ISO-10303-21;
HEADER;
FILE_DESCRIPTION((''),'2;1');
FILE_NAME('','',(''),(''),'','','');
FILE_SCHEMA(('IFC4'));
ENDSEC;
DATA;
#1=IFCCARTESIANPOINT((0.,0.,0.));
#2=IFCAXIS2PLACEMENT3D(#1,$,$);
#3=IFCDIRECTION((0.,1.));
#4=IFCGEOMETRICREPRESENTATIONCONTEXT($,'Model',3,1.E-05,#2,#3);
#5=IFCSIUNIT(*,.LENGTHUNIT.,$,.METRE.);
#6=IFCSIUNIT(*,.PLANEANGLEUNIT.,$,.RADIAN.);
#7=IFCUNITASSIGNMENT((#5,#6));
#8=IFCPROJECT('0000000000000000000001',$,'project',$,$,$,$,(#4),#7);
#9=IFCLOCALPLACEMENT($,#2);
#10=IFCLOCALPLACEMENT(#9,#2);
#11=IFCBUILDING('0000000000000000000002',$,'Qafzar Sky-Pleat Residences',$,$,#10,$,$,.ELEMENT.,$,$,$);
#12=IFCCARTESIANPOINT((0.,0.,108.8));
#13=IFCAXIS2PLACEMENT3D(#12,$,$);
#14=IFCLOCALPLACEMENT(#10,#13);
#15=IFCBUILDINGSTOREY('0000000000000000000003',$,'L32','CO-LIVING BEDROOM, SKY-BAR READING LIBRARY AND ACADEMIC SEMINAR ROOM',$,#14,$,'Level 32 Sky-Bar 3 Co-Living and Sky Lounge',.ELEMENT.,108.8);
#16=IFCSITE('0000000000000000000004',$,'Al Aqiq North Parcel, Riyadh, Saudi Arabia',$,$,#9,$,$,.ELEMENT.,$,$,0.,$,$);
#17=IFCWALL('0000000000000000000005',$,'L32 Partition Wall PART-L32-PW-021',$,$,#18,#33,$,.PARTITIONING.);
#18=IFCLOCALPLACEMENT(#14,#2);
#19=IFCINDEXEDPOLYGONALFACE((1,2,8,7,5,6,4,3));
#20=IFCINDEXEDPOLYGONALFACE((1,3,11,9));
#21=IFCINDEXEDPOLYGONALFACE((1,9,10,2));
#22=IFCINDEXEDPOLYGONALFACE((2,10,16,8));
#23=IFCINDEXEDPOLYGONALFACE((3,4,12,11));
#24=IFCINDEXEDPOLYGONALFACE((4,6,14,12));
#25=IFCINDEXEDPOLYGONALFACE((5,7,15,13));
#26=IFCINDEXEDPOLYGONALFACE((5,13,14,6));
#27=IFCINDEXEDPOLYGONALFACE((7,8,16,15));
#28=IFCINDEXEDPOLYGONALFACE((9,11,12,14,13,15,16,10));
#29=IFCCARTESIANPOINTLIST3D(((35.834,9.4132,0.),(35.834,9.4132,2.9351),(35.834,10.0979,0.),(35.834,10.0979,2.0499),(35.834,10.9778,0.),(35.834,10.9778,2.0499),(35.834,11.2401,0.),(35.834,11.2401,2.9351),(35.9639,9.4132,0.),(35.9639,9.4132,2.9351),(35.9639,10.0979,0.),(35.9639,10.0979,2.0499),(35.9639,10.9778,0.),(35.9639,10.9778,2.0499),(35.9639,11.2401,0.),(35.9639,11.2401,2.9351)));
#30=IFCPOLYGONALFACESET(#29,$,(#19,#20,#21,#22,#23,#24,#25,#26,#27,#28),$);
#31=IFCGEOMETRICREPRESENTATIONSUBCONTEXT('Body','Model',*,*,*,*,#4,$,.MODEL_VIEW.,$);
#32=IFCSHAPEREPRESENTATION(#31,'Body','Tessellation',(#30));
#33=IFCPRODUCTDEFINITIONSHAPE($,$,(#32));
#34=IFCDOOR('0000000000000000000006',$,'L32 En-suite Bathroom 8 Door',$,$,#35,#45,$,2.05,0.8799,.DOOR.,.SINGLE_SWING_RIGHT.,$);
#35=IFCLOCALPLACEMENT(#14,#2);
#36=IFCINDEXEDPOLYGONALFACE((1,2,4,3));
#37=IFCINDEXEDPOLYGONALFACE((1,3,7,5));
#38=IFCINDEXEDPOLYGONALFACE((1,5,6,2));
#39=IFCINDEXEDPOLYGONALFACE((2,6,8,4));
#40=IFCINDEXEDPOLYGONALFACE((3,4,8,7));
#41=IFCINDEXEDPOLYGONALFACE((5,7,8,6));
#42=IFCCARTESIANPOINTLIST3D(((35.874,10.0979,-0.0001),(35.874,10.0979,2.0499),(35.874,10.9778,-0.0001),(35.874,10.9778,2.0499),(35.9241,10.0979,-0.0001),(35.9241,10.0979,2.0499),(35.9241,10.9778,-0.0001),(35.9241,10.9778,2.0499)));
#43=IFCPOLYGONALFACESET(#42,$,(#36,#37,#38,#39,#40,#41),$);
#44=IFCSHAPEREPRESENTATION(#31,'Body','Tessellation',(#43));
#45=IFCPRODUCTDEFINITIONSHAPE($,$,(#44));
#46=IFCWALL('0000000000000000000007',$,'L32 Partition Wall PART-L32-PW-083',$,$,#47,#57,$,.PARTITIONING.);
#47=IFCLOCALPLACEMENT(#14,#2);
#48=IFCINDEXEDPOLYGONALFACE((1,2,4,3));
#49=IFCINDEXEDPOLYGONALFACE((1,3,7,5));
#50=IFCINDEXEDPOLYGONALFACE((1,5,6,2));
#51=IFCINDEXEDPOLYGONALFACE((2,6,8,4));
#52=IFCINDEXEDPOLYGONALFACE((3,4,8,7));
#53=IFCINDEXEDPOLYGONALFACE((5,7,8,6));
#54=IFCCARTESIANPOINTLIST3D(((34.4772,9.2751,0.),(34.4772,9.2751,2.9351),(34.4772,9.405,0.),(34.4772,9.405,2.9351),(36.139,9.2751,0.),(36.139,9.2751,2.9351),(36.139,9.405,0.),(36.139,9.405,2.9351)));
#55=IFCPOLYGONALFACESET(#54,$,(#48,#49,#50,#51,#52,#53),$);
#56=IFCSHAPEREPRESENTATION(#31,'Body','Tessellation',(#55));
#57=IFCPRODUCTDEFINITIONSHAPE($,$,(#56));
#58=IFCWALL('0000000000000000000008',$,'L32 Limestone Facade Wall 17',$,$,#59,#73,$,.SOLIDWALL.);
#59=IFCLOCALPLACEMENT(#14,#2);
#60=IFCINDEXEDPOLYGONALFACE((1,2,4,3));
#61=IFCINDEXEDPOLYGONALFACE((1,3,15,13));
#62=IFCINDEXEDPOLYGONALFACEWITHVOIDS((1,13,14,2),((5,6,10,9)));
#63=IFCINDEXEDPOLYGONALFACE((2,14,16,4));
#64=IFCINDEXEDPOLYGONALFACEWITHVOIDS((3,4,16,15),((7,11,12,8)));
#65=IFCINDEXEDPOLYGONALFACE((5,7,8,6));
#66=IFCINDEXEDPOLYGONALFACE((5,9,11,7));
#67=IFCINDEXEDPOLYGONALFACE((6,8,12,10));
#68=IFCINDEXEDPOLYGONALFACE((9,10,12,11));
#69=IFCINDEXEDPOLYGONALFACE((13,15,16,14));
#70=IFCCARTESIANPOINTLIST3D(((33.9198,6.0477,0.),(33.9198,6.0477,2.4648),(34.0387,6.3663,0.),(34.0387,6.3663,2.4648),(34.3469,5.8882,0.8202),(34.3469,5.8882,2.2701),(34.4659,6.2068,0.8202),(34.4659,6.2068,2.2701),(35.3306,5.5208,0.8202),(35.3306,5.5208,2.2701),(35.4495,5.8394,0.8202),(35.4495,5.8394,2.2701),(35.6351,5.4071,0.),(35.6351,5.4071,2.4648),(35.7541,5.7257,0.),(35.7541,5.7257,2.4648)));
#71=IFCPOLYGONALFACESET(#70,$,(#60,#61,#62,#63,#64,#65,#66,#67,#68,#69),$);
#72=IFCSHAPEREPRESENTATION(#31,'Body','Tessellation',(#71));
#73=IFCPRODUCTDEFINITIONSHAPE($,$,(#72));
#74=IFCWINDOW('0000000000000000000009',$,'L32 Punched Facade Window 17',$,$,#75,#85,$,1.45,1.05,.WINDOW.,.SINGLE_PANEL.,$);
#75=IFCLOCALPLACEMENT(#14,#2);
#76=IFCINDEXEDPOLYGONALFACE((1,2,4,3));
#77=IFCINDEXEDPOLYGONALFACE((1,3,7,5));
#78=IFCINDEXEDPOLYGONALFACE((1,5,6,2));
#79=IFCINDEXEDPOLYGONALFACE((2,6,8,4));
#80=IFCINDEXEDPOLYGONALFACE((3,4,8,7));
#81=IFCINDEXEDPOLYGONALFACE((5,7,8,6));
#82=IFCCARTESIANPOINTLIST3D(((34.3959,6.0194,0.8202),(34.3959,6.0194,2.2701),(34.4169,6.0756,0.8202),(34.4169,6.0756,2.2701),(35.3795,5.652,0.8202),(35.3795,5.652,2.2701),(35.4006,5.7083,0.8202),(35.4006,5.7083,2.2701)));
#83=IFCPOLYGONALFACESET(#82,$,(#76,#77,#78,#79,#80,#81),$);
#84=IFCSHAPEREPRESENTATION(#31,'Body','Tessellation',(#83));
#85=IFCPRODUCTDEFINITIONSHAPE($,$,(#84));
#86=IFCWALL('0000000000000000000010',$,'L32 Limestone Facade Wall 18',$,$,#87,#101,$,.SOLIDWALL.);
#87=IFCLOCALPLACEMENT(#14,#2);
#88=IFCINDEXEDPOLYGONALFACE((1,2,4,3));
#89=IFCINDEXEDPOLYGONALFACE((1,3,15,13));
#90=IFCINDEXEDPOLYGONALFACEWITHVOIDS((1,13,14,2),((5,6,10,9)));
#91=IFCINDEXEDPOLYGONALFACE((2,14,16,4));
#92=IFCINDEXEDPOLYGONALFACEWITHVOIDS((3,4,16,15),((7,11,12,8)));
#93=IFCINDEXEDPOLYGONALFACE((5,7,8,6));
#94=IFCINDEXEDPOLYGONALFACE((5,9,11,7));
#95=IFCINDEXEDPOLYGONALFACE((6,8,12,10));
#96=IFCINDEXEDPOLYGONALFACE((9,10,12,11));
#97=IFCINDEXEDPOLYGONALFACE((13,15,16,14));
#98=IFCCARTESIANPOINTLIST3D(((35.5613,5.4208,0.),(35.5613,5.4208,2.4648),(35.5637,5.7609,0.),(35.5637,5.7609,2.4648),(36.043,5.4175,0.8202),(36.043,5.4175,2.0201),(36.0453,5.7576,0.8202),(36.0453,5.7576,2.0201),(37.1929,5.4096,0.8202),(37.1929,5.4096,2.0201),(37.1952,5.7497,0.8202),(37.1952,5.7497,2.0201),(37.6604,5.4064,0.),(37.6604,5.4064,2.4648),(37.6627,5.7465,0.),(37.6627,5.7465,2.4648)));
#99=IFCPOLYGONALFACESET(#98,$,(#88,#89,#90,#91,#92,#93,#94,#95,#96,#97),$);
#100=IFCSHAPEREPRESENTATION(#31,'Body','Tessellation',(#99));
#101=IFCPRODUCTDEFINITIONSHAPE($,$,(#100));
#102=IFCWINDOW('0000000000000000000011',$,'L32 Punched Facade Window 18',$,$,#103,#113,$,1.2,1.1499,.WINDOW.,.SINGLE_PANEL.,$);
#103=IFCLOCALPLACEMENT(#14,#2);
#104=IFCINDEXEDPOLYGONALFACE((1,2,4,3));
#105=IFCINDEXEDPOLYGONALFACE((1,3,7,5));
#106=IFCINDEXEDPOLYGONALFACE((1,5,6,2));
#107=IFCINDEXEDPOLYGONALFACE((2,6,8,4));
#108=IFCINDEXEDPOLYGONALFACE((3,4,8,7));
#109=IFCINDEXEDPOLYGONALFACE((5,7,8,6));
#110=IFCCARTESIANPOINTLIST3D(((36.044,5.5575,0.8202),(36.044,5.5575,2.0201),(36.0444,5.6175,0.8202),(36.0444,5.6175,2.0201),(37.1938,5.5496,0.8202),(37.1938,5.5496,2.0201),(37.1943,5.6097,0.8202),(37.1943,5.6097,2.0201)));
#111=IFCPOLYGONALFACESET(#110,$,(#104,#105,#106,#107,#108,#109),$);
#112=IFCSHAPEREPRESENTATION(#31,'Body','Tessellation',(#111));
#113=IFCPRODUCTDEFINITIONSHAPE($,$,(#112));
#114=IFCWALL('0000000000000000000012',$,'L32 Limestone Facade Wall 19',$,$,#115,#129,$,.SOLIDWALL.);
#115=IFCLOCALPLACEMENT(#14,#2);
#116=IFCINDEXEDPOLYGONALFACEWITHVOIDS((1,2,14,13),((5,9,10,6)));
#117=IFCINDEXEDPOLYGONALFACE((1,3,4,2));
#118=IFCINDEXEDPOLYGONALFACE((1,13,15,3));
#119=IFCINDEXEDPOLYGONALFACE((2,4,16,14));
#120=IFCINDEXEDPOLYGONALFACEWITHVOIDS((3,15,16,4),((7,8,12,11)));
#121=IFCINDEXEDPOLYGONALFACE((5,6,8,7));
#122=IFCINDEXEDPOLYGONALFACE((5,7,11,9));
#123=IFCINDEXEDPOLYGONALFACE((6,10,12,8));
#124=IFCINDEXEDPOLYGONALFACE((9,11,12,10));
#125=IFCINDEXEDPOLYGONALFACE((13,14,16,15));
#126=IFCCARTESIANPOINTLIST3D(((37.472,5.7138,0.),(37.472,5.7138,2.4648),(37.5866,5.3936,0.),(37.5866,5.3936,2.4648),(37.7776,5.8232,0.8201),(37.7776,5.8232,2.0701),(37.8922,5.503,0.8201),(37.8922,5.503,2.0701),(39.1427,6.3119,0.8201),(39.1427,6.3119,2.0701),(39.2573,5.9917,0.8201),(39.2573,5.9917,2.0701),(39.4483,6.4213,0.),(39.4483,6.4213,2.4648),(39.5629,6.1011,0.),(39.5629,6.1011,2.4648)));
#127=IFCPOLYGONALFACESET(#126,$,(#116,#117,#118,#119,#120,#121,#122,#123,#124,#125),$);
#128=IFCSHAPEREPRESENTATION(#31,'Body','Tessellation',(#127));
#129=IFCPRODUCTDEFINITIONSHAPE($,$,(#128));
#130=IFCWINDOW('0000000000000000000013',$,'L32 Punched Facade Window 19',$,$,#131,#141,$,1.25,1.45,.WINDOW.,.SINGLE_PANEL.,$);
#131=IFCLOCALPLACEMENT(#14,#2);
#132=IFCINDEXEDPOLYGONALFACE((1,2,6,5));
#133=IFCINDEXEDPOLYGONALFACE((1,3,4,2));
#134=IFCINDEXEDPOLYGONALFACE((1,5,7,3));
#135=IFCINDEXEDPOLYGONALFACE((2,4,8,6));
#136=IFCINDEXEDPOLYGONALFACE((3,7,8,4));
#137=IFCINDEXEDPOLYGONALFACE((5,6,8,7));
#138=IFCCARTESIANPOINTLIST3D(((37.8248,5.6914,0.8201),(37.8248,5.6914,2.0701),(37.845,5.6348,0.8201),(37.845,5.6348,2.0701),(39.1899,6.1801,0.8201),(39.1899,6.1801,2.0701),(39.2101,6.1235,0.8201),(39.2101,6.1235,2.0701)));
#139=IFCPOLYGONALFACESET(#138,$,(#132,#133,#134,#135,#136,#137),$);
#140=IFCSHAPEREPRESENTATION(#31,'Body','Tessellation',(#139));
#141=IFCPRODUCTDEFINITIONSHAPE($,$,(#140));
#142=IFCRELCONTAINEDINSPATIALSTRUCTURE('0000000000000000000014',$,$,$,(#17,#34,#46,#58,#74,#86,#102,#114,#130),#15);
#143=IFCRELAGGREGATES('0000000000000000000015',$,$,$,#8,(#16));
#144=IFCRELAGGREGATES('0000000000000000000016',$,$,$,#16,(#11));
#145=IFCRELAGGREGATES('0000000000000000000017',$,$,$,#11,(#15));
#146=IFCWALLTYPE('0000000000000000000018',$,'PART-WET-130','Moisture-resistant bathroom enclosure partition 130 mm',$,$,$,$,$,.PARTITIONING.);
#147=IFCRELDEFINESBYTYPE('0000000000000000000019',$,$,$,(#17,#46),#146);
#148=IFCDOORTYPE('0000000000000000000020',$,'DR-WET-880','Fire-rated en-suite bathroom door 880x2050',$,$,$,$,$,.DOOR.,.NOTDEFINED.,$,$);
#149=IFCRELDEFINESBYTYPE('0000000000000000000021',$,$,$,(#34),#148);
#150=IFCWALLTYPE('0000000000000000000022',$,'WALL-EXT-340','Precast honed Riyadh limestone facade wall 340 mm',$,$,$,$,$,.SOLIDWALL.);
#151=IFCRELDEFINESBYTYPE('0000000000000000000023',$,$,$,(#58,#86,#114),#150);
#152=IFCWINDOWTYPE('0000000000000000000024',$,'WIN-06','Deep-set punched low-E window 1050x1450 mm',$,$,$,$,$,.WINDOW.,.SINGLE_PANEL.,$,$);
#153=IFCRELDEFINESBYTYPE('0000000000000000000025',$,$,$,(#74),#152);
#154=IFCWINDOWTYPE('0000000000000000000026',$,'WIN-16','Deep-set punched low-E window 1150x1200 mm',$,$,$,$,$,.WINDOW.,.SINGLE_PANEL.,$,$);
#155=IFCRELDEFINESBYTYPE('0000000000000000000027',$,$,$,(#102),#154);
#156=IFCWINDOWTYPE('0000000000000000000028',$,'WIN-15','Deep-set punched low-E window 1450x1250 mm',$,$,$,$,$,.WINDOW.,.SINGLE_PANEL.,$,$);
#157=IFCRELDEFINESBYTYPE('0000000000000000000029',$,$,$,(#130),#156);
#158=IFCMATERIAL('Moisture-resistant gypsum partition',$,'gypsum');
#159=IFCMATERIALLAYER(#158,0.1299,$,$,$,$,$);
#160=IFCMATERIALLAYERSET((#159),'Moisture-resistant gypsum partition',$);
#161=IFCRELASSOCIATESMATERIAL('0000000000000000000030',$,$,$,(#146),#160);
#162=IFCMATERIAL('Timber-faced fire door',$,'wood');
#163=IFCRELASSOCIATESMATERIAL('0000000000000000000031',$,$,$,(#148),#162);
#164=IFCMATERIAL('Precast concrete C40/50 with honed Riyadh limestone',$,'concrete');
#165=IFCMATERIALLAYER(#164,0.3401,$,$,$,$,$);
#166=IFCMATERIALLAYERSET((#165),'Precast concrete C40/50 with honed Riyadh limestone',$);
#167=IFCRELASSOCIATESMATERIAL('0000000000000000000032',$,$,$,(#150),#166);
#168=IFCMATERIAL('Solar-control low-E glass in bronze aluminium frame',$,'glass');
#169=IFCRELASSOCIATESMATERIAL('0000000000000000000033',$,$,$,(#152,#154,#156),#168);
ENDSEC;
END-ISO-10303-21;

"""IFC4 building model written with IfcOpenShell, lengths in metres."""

from ifc_helpers import new_model, si_unit, direction, frame, frame_2d, origin, place, context, subcontext, project, spatial, rectangle, extrude, source, transform, mapped, material, layer, layer_set, type_object, element, fill, save


model = new_model("IFC4")

# Units and contexts
model_context = context("Model", 3, precision=1e-05, world=origin(), true_north=direction((0.0, 1.0)))
body_context = subcontext(model_context, "Body", "Model", "MODEL_VIEW")
ifc_project = project(units=[si_unit("LENGTHUNIT", "METRE"), si_unit("PLANEANGLEUNIT", "RADIAN")], contexts=[model_context])

# Site, building, storey
site_placement = place(None, origin())
site = spatial("IfcSite", under=ifc_project, at=site_placement, Name="Al Aqiq North Parcel, Riyadh, Saudi Arabia", CompositionType="ELEMENT", RefElevation=0.0)
building_placement = place(site_placement, origin())
building = spatial("IfcBuilding", under=site, at=building_placement, Name="Qafzar Sky-Pleat Residences", CompositionType="ELEMENT")
storey_placement = place(building_placement, frame((0.0, 0.0, 108.8)))
storey = spatial("IfcBuildingStorey", under=building, at=storey_placement, Name="L32", Description="CO-LIVING BEDROOM, SKY-BAR READING LIBRARY AND ACADEMIC SEMINAR ROOM", LongName="Level 32 Sky-Bar 3 Co-Living and Sky Lounge", CompositionType="ELEMENT", Elevation=108.8)

# Wall, opening, door
ifc_material_1 = material(Name="Moisture-resistant gypsum partition", Category="gypsum")
ifc_layer_1 = layer(ifc_material_1, 0.1299)
ifc_layer_set_1 = layer_set([ifc_layer_1], Name="Moisture-resistant gypsum partition")
wall_type_1 = type_object("IfcWallType", Name="PART-WET-130", Description="Moisture-resistant bathroom enclosure partition 130 mm", PredefinedType="PARTITIONING", material=ifc_layer_set_1)
wall_1_placement = place(storey_placement, frame((35.8989, 9.4131, 0.0), z_axis=(0.0, 0.0, 1.0), x_axis=(0.0, 1.0, 0.0)))
wall_1 = element("IfcWall", 1, at=wall_1_placement, inside=storey, type_object=wall_type_1, Name="L32 Partition Wall PART-L32-PW-021", PredefinedType="PARTITIONING", context=body_context, shape_type="SweptSolid", body=[
    extrude(rectangle(XDim=1.8269, YDim=0.1299, at=frame_2d((0.9136, 0.0))), origin(), (0.0, 0.0, 1.0), 2.9351),
])
opening_1_placement = place(wall_1_placement, frame((0.6848, 0.0, 0.0)))
opening_1 = element("IfcOpeningElement", 2, at=opening_1_placement, cuts=wall_1, PredefinedType="OPENING", context=body_context, shape_type="SweptSolid", body=[
    extrude(rectangle(XDim=0.8799, YDim=2.05, at=frame_2d((0.4399, 1.0249))), frame((0.0, 0.075, 0.0), z_axis=(0.0, -1.0, 0.0), x_axis=(1.0, 0.0, 0.0)), (0.0, 0.0, 1.0), 0.1499),
])
ifc_material_2 = material(Name="Timber-faced fire door", Category="wood")
door_type = type_object("IfcDoorType", Name="DR-WET-880", Description="Fire-rated en-suite bathroom door 880x2050", OperationType="NOTDEFINED", PredefinedType="DOOR", material=ifc_material_2)
shared_shape_1 = source(origin(), body_context, "Body", "SweptSolid", [
    extrude(rectangle(XDim=0.8799, YDim=2.05, at=frame_2d((0.4399, 1.0249))), frame((0.0, 0.0249, 0.0), z_axis=(0.0, -1.0, 0.0), x_axis=(1.0, 0.0, 0.0)), (0.0, 0.0, 1.0), 0.05),
])
door_placement = place(opening_1_placement, origin())
door = element("IfcDoor", 3, at=door_placement, inside=storey, type_object=door_type, Name="L32 En-suite Bathroom 8 Door", OperationType="SINGLE_SWING_RIGHT", OverallHeight=2.05, OverallWidth=0.8799, PredefinedType="DOOR", context=body_context, shape_type="MappedRepresentation", body=[
    mapped(shared_shape_1, transform((0.0, 0.0, 0.0), x_axis=(1.0, 0.0, 0.0), y_axis=(0.0, 1.0, 0.0), z_axis=(0.0, 0.0, 1.0), scale=1.0)),
])
fill(opening_1, door)

# Wall
wall_2_placement = place(storey_placement, frame((34.4771, 9.3401, 0.0), z_axis=(0.0, 0.0, 1.0), x_axis=(1.0, 0.0, 0.0)))
element("IfcWall", 4, at=wall_2_placement, inside=storey, type_object=wall_type_1, Name="L32 Partition Wall PART-L32-PW-083", PredefinedType="PARTITIONING", context=body_context, shape_type="SweptSolid", body=[
    extrude(rectangle(XDim=1.6619, YDim=0.1299, at=frame_2d((0.8311, 0.0))), origin(), (0.0, 0.0, 1.0), 2.9351),
])

# Walls, openings, windows
ifc_material_3 = material(Name="Precast concrete C40/50 with honed Riyadh limestone", Category="concrete")
ifc_layer_2 = layer(ifc_material_3, 0.3401)
ifc_layer_set_2 = layer_set([ifc_layer_2], Name="Precast concrete C40/50 with honed Riyadh limestone")
wall_type_2 = type_object("IfcWallType", Name="WALL-EXT-340", Description="Precast honed Riyadh limestone facade wall 340 mm", PredefinedType="SOLIDWALL", material=ifc_layer_set_2)
wall_3_placement = place(storey_placement, frame((33.9792, 6.207, 0.0), z_axis=(0.0, 0.0, 1.0), x_axis=(0.9368, -0.349867, 0.0)))
wall_3 = element("IfcWall", 5, at=wall_3_placement, inside=storey, type_object=wall_type_2, Name="L32 Limestone Facade Wall 17", PredefinedType="SOLIDWALL", context=body_context, shape_type="SweptSolid", body=[
    extrude(rectangle(XDim=1.8311, YDim=0.3401, at=frame_2d((0.9155, 0.0))), origin(), (0.0, 0.0, 1.0), 2.4648),
])
opening_2_placement = place(wall_3_placement, frame((0.4561, 0.0, 0.8201)))
opening_2 = element("IfcOpeningElement", 6, at=opening_2_placement, cuts=wall_3, PredefinedType="OPENING", context=body_context, shape_type="SweptSolid", body=[
    extrude(rectangle(XDim=1.05, YDim=1.45, at=frame_2d((0.5249, 0.7251))), frame((0.0, 0.1802, 0.0), z_axis=(0.0, -1.0, 0.0), x_axis=(1.0, 0.0, 0.0)), (0.0, 0.0, 1.0), 0.3601),
])
ifc_material_4 = material(Name="Solar-control low-E glass in bronze aluminium frame", Category="glass")
window_type_1 = type_object("IfcWindowType", Name="WIN-06", Description="Deep-set punched low-E window 1050x1450 mm", PartitioningType="SINGLE_PANEL", PredefinedType="WINDOW", material=ifc_material_4)
shared_shape_2 = source(origin(), body_context, "Body", "SweptSolid", [
    extrude(rectangle(XDim=1.05, YDim=1.45, at=frame_2d((0.5249, 0.7251))), frame((0.0, 0.03, 0.0), z_axis=(0.0, -1.0, 0.0), x_axis=(1.0, 0.0, 0.0)), (0.0, 0.0, 1.0), 0.0601),
])
window_1_placement = place(opening_2_placement, origin())
window_1 = element("IfcWindow", 7, at=window_1_placement, inside=storey, type_object=window_type_1, Name="L32 Punched Facade Window 17", OverallHeight=1.45, OverallWidth=1.05, PartitioningType="SINGLE_PANEL", PredefinedType="WINDOW", context=body_context, shape_type="MappedRepresentation", body=[
    mapped(shared_shape_2, transform((0.0, 0.0, 0.0), x_axis=(1.0, 0.0, 0.0), y_axis=(0.0, 1.0, 0.0), z_axis=(0.0, 0.0, 1.0), scale=1.0)),
])
fill(opening_2, window_1)
wall_4_placement = place(storey_placement, frame((35.5625, 5.5908, 0.0), z_axis=(0.0, 0.0, 1.0), x_axis=(0.999976, -0.006862, 0.0)))
wall_4 = element("IfcWall", 8, at=wall_4_placement, inside=storey, type_object=wall_type_2, Name="L32 Limestone Facade Wall 18", PredefinedType="SOLIDWALL", context=body_context, shape_type="SweptSolid", body=[
    extrude(rectangle(XDim=2.0991, YDim=0.3401, at=frame_2d((1.0496, 0.0))), origin(), (0.0, 0.0, 1.0), 2.4648),
])
opening_3_placement = place(wall_4_placement, frame((0.4817, 0.0, 0.8201)))
opening_3 = element("IfcOpeningElement", 9, at=opening_3_placement, cuts=wall_4, PredefinedType="OPENING", context=body_context, shape_type="SweptSolid", body=[
    extrude(rectangle(XDim=1.1499, YDim=1.2, at=frame_2d((0.575, 0.6001))), frame((0.0, 0.1802, 0.0), z_axis=(0.0, -1.0, 0.0), x_axis=(1.0, 0.0, 0.0)), (0.0, 0.0, 1.0), 0.3601),
])
window_type_2 = type_object("IfcWindowType", Name="WIN-16", Description="Deep-set punched low-E window 1150x1200 mm", PartitioningType="SINGLE_PANEL", PredefinedType="WINDOW", material=ifc_material_4)
shared_shape_3 = source(origin(), body_context, "Body", "SweptSolid", [
    extrude(rectangle(XDim=1.1499, YDim=1.2, at=frame_2d((0.575, 0.6001))), frame((0.0, 0.03, 0.0), z_axis=(0.0, -1.0, 0.0), x_axis=(1.0, 0.0, 0.0)), (0.0, 0.0, 1.0), 0.0601),
])
window_2_placement = place(opening_3_placement, origin())
window_2 = element("IfcWindow", 10, at=window_2_placement, inside=storey, type_object=window_type_2, Name="L32 Punched Facade Window 18", OverallHeight=1.2, OverallWidth=1.1499, PartitioningType="SINGLE_PANEL", PredefinedType="WINDOW", context=body_context, shape_type="MappedRepresentation", body=[
    mapped(shared_shape_3, transform((0.0, 0.0, 0.0), x_axis=(1.0, 0.0, 0.0), y_axis=(0.0, 1.0, 0.0), z_axis=(0.0, 0.0, 1.0), scale=1.0)),
])
fill(opening_3, window_2)
wall_5_placement = place(storey_placement, frame((37.5293, 5.5537, 0.0), z_axis=(0.0, 0.0, 1.0), x_axis=(0.941486, 0.337051, 0.0)))
wall_5 = element("IfcWall", 11, at=wall_5_placement, inside=storey, type_object=wall_type_2, Name="L32 Limestone Facade Wall 19", PredefinedType="SOLIDWALL", context=body_context, shape_type="SweptSolid", body=[
    extrude(rectangle(XDim=2.0991, YDim=0.3401, at=frame_2d((1.0496, 0.0))), origin(), (0.0, 0.0, 1.0), 2.4648),
])
opening_4_placement = place(wall_5_placement, frame((0.3245, 0.0, 0.8201)))
opening_4 = element("IfcOpeningElement", 12, at=opening_4_placement, cuts=wall_5, PredefinedType="OPENING", context=body_context, shape_type="SweptSolid", body=[
    extrude(rectangle(XDim=1.45, YDim=1.25, at=frame_2d((0.7251, 0.625))), frame((0.0, 0.1802, 0.0), z_axis=(0.0, -1.0, 0.0), x_axis=(1.0, 0.0, 0.0)), (0.0, 0.0, 1.0), 0.3601),
])
window_type_3 = type_object("IfcWindowType", Name="WIN-15", Description="Deep-set punched low-E window 1450x1250 mm", PartitioningType="SINGLE_PANEL", PredefinedType="WINDOW", material=ifc_material_4)
shared_shape_4 = source(origin(), body_context, "Body", "SweptSolid", [
    extrude(rectangle(XDim=1.45, YDim=1.25, at=frame_2d((0.7251, 0.625))), frame((0.0, 0.03, 0.0), z_axis=(0.0, -1.0, 0.0), x_axis=(1.0, 0.0, 0.0)), (0.0, 0.0, 1.0), 0.0601),
])
window_3_placement = place(opening_4_placement, origin())
window_3 = element("IfcWindow", 13, at=window_3_placement, inside=storey, type_object=window_type_3, Name="L32 Punched Facade Window 19", OverallHeight=1.25, OverallWidth=1.45, PartitioningType="SINGLE_PANEL", PredefinedType="WINDOW", context=body_context, shape_type="MappedRepresentation", body=[
    mapped(shared_shape_4, transform((0.0, 0.0, 0.0), x_axis=(1.0, 0.0, 0.0), y_axis=(0.0, 1.0, 0.0), z_axis=(0.0, 0.0, 1.0), scale=1.0)),
])
fill(opening_4, window_3)

save(model, "model.ifc")
